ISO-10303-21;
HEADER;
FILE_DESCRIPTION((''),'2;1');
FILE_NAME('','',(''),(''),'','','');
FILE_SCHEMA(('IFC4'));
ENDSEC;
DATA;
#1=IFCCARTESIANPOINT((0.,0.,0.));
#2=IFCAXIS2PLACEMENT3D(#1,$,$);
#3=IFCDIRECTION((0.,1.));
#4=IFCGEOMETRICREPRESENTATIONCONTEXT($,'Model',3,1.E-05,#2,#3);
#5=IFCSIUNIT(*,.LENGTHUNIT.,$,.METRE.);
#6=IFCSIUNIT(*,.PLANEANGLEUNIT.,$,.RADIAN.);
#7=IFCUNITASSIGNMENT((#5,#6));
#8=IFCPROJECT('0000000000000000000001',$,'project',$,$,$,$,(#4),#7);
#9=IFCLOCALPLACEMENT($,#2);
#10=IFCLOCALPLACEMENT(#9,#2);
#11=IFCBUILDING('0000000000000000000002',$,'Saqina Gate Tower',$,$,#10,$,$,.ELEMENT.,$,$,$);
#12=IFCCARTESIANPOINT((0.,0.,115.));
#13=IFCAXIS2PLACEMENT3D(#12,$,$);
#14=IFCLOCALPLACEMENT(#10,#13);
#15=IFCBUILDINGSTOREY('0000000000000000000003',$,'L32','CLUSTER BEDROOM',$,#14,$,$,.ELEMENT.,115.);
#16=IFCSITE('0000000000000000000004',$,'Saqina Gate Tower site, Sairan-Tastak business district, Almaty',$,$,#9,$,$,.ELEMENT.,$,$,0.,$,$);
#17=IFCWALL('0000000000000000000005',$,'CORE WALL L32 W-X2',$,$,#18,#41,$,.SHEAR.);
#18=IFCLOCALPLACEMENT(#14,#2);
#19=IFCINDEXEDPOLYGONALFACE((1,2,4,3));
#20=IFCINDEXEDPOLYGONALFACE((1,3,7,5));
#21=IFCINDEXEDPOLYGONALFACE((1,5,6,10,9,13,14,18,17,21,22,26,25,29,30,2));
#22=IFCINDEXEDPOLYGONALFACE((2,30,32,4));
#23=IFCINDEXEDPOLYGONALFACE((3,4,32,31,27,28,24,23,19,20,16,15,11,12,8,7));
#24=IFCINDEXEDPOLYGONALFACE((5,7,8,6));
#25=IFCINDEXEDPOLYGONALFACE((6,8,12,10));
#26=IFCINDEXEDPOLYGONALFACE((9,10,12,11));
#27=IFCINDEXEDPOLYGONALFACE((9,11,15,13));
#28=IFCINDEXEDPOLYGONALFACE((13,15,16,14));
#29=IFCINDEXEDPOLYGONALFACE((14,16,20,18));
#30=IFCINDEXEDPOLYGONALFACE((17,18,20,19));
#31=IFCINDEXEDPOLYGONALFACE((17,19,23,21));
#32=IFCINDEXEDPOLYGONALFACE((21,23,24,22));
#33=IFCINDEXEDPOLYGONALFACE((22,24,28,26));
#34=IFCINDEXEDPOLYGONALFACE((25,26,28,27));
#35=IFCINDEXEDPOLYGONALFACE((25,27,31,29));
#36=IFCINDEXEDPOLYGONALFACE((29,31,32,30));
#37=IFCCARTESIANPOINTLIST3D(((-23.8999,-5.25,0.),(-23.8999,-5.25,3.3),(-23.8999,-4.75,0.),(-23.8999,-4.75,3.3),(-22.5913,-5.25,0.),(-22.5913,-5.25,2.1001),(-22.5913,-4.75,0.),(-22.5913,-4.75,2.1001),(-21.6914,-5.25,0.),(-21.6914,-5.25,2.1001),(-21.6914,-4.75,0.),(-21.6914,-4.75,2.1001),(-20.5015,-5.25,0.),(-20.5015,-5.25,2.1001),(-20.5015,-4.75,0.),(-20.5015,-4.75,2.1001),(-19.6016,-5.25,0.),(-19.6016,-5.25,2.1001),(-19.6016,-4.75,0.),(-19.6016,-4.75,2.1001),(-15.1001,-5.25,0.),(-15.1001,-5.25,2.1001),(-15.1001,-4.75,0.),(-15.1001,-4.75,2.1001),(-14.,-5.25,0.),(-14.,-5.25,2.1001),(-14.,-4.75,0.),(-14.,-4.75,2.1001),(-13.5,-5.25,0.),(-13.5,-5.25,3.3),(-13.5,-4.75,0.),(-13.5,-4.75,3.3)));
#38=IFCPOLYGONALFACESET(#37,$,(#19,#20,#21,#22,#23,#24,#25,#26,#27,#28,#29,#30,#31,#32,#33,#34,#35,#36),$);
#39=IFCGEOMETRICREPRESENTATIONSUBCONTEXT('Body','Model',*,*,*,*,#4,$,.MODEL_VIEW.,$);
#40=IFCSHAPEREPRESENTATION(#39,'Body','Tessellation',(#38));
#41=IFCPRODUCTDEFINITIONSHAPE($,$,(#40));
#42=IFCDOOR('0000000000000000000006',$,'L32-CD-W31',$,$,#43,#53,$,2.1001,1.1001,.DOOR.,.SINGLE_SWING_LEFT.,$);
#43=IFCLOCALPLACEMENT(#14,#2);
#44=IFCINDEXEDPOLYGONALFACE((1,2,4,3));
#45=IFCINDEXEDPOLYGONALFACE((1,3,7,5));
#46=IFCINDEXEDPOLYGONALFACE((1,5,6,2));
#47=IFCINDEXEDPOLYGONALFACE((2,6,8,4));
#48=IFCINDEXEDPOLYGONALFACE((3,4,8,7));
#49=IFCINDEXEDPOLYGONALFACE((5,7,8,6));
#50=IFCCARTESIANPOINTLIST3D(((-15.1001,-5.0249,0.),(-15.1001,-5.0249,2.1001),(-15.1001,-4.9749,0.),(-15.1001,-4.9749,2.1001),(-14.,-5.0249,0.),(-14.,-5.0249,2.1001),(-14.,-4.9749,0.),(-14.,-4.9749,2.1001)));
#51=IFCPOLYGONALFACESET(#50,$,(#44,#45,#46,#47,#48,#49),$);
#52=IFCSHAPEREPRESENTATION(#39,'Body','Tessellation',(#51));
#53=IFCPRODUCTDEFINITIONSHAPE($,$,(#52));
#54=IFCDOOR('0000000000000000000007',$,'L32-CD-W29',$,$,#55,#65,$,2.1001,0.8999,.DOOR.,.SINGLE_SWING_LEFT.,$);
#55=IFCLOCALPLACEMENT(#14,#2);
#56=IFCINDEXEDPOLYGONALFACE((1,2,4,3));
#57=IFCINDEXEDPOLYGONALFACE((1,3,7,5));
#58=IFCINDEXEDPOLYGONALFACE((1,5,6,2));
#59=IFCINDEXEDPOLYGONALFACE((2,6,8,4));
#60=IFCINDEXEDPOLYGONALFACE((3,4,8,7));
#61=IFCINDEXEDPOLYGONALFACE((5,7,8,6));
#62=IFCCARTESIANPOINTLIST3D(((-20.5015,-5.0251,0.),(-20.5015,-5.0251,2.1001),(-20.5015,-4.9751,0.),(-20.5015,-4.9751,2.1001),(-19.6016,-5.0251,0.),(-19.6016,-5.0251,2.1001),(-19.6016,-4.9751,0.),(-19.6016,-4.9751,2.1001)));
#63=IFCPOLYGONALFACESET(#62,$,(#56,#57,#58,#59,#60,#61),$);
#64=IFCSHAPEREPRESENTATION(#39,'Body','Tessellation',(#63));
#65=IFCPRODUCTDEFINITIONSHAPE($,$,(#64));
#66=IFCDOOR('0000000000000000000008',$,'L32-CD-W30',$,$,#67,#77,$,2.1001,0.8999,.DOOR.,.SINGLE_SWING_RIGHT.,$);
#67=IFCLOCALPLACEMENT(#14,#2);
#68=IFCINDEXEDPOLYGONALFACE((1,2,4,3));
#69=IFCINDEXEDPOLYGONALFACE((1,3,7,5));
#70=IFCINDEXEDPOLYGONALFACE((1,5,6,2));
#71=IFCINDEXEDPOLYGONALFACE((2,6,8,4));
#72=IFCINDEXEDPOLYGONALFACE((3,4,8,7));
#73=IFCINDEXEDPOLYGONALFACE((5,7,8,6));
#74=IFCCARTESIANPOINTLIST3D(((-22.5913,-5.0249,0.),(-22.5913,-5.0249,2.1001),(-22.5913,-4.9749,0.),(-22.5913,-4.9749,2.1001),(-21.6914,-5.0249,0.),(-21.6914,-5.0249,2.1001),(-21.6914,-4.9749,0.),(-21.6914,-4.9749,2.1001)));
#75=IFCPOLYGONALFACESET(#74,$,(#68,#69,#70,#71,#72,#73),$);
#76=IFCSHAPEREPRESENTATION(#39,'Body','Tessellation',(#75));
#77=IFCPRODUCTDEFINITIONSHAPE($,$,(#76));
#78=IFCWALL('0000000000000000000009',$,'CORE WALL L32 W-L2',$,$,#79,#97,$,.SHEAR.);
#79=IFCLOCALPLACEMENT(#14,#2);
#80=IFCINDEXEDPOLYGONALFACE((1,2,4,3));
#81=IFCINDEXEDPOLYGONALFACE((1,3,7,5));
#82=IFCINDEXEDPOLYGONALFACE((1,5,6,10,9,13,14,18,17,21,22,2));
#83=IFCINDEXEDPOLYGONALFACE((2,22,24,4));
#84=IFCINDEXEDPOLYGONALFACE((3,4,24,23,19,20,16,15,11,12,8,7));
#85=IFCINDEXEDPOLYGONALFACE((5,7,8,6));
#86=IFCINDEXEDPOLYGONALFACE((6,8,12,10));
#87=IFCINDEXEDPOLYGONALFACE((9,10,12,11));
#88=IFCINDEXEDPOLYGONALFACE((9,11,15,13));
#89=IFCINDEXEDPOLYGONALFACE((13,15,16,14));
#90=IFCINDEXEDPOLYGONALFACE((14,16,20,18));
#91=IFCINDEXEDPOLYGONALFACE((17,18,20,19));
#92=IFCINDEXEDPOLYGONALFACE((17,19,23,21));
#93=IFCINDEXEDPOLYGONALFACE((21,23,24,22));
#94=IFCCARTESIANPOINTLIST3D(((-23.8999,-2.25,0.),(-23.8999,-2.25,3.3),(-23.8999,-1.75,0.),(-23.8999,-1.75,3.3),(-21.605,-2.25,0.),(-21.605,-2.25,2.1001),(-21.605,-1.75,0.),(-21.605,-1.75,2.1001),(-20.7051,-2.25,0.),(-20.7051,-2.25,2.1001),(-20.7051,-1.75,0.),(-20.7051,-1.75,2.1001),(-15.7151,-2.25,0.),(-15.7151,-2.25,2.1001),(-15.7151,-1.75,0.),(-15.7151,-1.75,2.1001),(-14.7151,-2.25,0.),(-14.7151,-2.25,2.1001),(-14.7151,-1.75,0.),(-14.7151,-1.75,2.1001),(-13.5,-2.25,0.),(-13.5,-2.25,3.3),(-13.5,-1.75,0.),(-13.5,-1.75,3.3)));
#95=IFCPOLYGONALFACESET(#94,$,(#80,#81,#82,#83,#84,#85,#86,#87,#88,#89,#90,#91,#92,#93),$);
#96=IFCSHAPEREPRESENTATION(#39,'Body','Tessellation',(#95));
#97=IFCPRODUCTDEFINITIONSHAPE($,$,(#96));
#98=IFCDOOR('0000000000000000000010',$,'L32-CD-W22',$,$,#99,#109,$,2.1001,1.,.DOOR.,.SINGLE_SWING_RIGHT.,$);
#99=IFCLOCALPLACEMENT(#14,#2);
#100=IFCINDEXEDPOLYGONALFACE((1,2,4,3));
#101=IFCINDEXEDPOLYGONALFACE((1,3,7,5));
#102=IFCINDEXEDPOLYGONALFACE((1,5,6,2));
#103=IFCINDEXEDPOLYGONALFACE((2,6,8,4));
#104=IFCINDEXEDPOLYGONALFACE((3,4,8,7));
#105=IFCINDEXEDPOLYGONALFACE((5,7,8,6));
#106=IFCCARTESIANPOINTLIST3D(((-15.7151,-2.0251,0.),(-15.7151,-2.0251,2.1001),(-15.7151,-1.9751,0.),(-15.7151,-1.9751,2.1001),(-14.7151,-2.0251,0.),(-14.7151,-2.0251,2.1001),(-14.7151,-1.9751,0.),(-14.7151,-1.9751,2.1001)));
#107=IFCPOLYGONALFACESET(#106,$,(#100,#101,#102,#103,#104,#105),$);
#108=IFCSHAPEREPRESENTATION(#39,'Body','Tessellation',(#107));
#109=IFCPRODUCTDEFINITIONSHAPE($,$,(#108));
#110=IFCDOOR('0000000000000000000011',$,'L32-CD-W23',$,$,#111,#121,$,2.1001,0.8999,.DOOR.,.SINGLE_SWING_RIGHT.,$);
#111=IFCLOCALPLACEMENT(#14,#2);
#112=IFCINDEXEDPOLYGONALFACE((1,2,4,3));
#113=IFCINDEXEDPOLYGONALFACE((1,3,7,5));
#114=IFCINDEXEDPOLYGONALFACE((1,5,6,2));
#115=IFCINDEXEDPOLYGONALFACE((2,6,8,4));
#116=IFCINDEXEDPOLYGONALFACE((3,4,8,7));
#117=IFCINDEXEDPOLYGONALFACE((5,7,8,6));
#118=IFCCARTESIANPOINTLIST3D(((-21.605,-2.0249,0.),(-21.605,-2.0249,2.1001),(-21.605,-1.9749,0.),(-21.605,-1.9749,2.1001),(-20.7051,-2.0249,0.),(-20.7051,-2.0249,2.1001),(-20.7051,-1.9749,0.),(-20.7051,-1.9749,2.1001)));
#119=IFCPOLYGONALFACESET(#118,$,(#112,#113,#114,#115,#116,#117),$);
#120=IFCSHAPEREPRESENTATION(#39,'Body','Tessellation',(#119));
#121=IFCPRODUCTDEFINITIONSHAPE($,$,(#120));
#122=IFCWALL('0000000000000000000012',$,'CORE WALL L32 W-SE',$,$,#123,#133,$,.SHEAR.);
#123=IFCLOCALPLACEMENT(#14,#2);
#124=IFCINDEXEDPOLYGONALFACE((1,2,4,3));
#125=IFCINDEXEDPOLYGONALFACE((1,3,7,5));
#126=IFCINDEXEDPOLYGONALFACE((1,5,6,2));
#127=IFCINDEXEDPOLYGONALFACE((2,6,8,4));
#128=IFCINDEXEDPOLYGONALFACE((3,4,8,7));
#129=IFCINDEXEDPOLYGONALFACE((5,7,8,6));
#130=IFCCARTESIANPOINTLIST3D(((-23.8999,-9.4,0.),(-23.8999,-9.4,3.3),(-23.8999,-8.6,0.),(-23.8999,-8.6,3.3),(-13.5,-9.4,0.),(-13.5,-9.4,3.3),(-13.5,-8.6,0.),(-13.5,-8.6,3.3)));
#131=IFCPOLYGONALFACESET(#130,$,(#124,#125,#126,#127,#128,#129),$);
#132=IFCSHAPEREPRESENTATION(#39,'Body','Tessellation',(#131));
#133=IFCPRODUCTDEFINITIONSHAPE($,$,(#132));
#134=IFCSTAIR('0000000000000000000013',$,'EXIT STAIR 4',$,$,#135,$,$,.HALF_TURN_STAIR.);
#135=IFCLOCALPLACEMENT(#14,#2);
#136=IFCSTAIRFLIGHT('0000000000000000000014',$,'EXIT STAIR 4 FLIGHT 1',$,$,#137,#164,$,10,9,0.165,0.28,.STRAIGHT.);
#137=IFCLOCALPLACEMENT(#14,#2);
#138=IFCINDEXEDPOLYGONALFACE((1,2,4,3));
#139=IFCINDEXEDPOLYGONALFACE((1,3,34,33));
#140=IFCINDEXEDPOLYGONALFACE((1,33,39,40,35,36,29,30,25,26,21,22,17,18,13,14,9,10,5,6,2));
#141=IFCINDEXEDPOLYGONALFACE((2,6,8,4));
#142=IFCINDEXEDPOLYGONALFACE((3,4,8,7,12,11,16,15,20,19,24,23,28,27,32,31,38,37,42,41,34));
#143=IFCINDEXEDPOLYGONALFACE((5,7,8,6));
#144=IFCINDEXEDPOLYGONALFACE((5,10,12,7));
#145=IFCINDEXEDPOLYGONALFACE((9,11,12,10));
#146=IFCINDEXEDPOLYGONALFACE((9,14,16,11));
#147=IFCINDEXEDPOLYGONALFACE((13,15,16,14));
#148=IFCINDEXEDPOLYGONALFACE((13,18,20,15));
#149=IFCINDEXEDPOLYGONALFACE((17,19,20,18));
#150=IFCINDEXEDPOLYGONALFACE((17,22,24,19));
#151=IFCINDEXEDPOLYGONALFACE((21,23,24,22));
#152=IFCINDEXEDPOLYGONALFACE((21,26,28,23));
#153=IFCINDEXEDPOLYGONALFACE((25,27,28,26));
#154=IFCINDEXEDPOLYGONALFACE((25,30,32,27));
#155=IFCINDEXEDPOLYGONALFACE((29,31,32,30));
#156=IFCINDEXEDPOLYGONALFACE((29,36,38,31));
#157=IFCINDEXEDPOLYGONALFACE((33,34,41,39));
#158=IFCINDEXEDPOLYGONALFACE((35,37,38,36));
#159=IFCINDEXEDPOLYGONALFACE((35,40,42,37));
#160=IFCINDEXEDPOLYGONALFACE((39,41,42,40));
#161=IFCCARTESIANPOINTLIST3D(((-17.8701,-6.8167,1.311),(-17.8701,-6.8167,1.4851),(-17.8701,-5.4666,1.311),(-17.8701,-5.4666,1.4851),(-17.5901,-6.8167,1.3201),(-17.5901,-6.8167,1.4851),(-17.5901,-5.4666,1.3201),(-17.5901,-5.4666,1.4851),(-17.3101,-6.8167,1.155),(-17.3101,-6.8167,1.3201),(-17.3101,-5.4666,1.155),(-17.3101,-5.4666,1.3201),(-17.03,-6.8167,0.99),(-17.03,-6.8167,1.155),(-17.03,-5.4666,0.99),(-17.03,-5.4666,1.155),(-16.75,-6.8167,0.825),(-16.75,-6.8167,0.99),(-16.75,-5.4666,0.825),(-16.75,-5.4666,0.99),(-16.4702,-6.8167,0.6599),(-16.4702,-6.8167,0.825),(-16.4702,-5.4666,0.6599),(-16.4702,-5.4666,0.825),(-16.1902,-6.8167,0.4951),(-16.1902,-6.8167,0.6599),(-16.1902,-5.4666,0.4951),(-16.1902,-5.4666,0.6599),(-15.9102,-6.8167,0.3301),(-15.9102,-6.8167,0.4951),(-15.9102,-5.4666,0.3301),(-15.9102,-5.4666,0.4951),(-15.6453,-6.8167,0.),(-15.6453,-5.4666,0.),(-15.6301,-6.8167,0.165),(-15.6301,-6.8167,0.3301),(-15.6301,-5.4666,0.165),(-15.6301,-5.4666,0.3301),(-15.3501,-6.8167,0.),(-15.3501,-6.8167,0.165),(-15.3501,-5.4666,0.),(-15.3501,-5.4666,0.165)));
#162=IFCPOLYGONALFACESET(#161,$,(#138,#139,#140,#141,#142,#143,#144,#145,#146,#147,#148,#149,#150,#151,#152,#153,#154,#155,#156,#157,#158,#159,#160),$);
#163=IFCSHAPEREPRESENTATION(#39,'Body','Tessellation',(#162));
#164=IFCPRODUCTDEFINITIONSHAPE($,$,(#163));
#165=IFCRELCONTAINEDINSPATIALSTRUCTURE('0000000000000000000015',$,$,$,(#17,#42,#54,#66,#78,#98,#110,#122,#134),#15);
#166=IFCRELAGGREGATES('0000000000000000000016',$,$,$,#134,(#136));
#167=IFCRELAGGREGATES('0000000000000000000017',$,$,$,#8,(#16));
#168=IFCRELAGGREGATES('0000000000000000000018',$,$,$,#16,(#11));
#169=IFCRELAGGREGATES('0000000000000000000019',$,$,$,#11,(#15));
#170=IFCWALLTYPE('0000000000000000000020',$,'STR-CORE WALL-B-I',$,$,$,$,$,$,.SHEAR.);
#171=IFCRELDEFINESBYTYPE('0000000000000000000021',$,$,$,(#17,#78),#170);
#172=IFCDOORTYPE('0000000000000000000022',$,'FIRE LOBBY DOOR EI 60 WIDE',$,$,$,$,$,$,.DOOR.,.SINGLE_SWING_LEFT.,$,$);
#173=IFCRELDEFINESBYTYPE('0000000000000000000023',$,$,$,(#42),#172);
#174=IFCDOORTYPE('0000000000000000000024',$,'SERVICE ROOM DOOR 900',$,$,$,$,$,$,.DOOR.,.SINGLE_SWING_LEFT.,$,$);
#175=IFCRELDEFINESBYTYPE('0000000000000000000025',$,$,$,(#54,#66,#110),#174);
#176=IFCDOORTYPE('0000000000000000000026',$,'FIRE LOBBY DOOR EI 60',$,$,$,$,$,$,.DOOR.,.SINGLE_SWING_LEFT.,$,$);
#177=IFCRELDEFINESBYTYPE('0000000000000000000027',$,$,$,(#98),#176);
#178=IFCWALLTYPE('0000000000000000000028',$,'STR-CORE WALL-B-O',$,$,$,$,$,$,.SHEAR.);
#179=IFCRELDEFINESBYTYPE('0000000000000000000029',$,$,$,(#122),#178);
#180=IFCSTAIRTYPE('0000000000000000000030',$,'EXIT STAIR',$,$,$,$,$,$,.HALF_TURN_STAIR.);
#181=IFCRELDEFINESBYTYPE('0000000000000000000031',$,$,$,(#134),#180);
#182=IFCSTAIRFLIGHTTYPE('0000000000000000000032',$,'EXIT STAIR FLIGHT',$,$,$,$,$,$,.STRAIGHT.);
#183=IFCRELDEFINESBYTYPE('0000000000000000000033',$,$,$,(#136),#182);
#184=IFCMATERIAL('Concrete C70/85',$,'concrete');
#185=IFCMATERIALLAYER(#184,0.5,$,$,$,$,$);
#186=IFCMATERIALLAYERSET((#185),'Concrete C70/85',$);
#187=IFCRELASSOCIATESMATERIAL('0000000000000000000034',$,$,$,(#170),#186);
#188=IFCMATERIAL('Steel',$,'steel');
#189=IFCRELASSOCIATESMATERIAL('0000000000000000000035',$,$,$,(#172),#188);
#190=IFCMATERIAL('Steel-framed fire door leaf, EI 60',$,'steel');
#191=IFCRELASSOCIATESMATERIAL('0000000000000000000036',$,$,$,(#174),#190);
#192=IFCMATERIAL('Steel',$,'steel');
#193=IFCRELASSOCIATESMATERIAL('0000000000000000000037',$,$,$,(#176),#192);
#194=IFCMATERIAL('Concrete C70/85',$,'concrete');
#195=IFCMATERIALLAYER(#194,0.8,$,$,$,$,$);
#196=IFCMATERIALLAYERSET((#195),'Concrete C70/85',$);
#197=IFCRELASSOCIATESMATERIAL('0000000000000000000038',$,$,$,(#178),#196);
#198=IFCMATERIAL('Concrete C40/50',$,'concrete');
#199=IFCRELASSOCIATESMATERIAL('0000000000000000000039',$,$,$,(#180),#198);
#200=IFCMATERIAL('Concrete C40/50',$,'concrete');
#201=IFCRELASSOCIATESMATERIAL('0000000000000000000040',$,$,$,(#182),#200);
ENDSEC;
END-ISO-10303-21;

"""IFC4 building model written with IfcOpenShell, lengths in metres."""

from ifc_helpers import new_model, si_unit, direction, frame, frame_2d, origin, place, context, subcontext, project, spatial, polyline, rectangle, outline, extrude, material, layer, layer_set, type_object, element, fill, aggregate, save


model = new_model("IFC4")

# Units and contexts
model_context = context("Model", 3, precision=1e-05, world=origin(), true_north=direction((0.0, 1.0)))
body_context = subcontext(model_context, "Body", "Model", "MODEL_VIEW")
ifc_project = project(units=[si_unit("LENGTHUNIT", "METRE"), si_unit("PLANEANGLEUNIT", "RADIAN")], contexts=[model_context])

# Site, building, storey
site_placement = place(None, origin())
site = spatial("IfcSite", under=ifc_project, at=site_placement, Name="Saqina Gate Tower site, Sairan-Tastak business district, Almaty", CompositionType="ELEMENT", RefElevation=0.0)
building_placement = place(site_placement, origin())
building = spatial("IfcBuilding", under=site, at=building_placement, Name="Saqina Gate Tower", CompositionType="ELEMENT")
storey_placement = place(building_placement, frame((0.0, 0.0, 115.0)))
storey = spatial("IfcBuildingStorey", under=building, at=storey_placement, Name="L32", Description="CLUSTER BEDROOM", CompositionType="ELEMENT", Elevation=115.0)

# Walls, openings, doors
ifc_material_1 = material(Name="Concrete C70/85", Category="concrete")
ifc_layer_1 = layer(ifc_material_1, 0.5)
ifc_layer_set_1 = layer_set([ifc_layer_1], Name="Concrete C70/85")
wall_type_1 = type_object("IfcWallType", Name="STR-CORE WALL-B-I", PredefinedType="SHEAR", material=ifc_layer_set_1)
wall_1_placement = place(storey_placement, frame((-13.5, -5.0, 0.0), z_axis=(0.0, 0.0, 1.0), x_axis=(-1.0, 0.0, 0.0)))
wall_1 = element("IfcWall", 1, at=wall_1_placement, inside=storey, type_object=wall_type_1, Name="CORE WALL L32 W-X2", PredefinedType="SHEAR", context=body_context, shape_type="SweptSolid", body=[
    extrude(rectangle(XDim=10.3999, YDim=0.5, at=frame_2d((5.2, 0.0))), origin(), (0.0, 0.0, 1.0), 3.3),
])
opening_1_placement = place(wall_1_placement, frame((6.1016, 0.0, 0.0)))
opening_1 = element("IfcOpeningElement", 2, at=opening_1_placement, cuts=wall_1, PredefinedType="OPENING", context=body_context, shape_type="SweptSolid", body=[
    extrude(rectangle(XDim=0.8999, YDim=2.1001, at=frame_2d((0.45, 1.05))), frame((0.0, 0.262, 0.0), z_axis=(0.0, -1.0, 0.0), x_axis=(1.0, 0.0, 0.0)), (0.0, 0.0, 1.0), 0.5239),
])
opening_2_placement = place(wall_1_placement, frame((8.1914, 0.0, 0.0)))
opening_2 = element("IfcOpeningElement", 3, at=opening_2_placement, cuts=wall_1, PredefinedType="OPENING", context=body_context, shape_type="SweptSolid", body=[
    extrude(rectangle(XDim=0.8999, YDim=2.1001, at=frame_2d((0.45, 1.05))), frame((0.0, 0.262, 0.0), z_axis=(0.0, -1.0, 0.0), x_axis=(1.0, 0.0, 0.0)), (0.0, 0.0, 1.0), 0.5239),
])
opening_3_placement = place(wall_1_placement, frame((0.5, 0.0, 0.0)))
opening_3 = element("IfcOpeningElement", 4, at=opening_3_placement, cuts=wall_1, PredefinedType="OPENING", context=body_context, shape_type="SweptSolid", body=[
    extrude(rectangle(XDim=1.1001, YDim=2.1001, at=frame_2d((0.55, 1.05))), frame((0.0, 0.262, 0.0), z_axis=(0.0, -1.0, 0.0), x_axis=(1.0, 0.0, 0.0)), (0.0, 0.0, 1.0), 0.5239),
])
ifc_material_2 = material(Name="Steel", Category="steel")
door_type_1 = type_object("IfcDoorType", Name="FIRE LOBBY DOOR EI 60 WIDE", OperationType="SINGLE_SWING_LEFT", PredefinedType="DOOR", material=ifc_material_2)
door_1_placement = place(opening_3_placement, origin())
door_1 = element("IfcDoor", 5, at=door_1_placement, inside=storey, type_object=door_type_1, Name="L32-CD-W31", OperationType="SINGLE_SWING_LEFT", OverallHeight=2.1001, OverallWidth=1.1001, PredefinedType="DOOR", context=body_context, shape_type="SweptSolid", body=[
    extrude(rectangle(XDim=1.1001, YDim=2.1001, at=frame_2d((0.55, 1.05))), frame((0.0, 0.0249, 0.0), z_axis=(0.0, -1.0, 0.0), x_axis=(1.0, 0.0, 0.0)), (0.0, 0.0, 1.0), 0.05),
])
fill(opening_3, door_1)
ifc_material_3 = material(Name="Steel-framed fire door leaf, EI 60", Category="steel")
door_type_2 = type_object("IfcDoorType", Name="SERVICE ROOM DOOR 900", OperationType="SINGLE_SWING_LEFT", PredefinedType="DOOR", material=ifc_material_3)
door_2_placement = place(opening_1_placement, frame((0.8999, 0.0, 0.0), z_axis=(0.0, 0.0, 1.0), x_axis=(-1.0, 0.0, 0.0)))
door_2 = element("IfcDoor", 6, at=door_2_placement, inside=storey, type_object=door_type_2, Name="L32-CD-W29", OperationType="SINGLE_SWING_LEFT", OverallHeight=2.1001, OverallWidth=0.8999, PredefinedType="DOOR", context=body_context, shape_type="SweptSolid", body=[
    extrude(rectangle(XDim=0.8999, YDim=2.1001, at=frame_2d((0.45, 1.05))), frame((0.0, 0.0249, 0.0), z_axis=(0.0, -1.0, 0.0), x_axis=(1.0, 0.0, 0.0)), (0.0, 0.0, 1.0), 0.05),
])
fill(opening_1, door_2)
door_3_placement = place(opening_2_placement, origin())
door_3 = element("IfcDoor", 7, at=door_3_placement, inside=storey, type_object=door_type_2, Name="L32-CD-W30", OperationType="SINGLE_SWING_RIGHT", OverallHeight=2.1001, OverallWidth=0.8999, PredefinedType="DOOR", context=body_context, shape_type="SweptSolid", body=[
    extrude(rectangle(XDim=0.8999, YDim=2.1001, at=frame_2d((0.45, 1.05))), frame((0.0, 0.0249, 0.0), z_axis=(0.0, -1.0, 0.0), x_axis=(1.0, 0.0, 0.0)), (0.0, 0.0, 1.0), 0.05),
])
fill(opening_2, door_3)
wall_2_placement = place(storey_placement, frame((-13.5, -2.0, 0.0), z_axis=(0.0, 0.0, 1.0), x_axis=(-1.0, 0.0, 0.0)))
wall_2 = element("IfcWall", 8, at=wall_2_placement, inside=storey, type_object=wall_type_1, Name="CORE WALL L32 W-L2", PredefinedType="SHEAR", context=body_context, shape_type="SweptSolid", body=[
    extrude(rectangle(XDim=10.3999, YDim=0.5, at=frame_2d((5.2, 0.0))), origin(), (0.0, 0.0, 1.0), 3.3),
])
opening_4_placement = place(wall_2_placement, frame((1.2151, 0.0, 0.0)))
opening_4 = element("IfcOpeningElement", 9, at=opening_4_placement, cuts=wall_2, PredefinedType="OPENING", context=body_context, shape_type="SweptSolid", body=[
    extrude(rectangle(XDim=1.0, YDim=2.1001, at=frame_2d((0.5, 1.05))), frame((0.0, 0.262, 0.0), z_axis=(0.0, -1.0, 0.0), x_axis=(1.0, 0.0, 0.0)), (0.0, 0.0, 1.0), 0.5239),
])
opening_5_placement = place(wall_2_placement, frame((7.2051, 0.0, 0.0)))
opening_5 = element("IfcOpeningElement", 10, at=opening_5_placement, cuts=wall_2, PredefinedType="OPENING", context=body_context, shape_type="SweptSolid", body=[
    extrude(rectangle(XDim=0.8999, YDim=2.1001, at=frame_2d((0.45, 1.05))), frame((0.0, 0.262, 0.0), z_axis=(0.0, -1.0, 0.0), x_axis=(1.0, 0.0, 0.0)), (0.0, 0.0, 1.0), 0.5239),
])
ifc_material_4 = material(Name="Steel", Category="steel")
door_type_3 = type_object("IfcDoorType", Name="FIRE LOBBY DOOR EI 60", OperationType="SINGLE_SWING_LEFT", PredefinedType="DOOR", material=ifc_material_4)
door_4_placement = place(opening_4_placement, frame((1.0, 0.0, 0.0), z_axis=(0.0, 0.0, 1.0), x_axis=(-1.0, 0.0, 0.0)))
door_4 = element("IfcDoor", 11, at=door_4_placement, inside=storey, type_object=door_type_3, Name="L32-CD-W22", OperationType="SINGLE_SWING_RIGHT", OverallHeight=2.1001, OverallWidth=1.0, PredefinedType="DOOR", context=body_context, shape_type="SweptSolid", body=[
    extrude(rectangle(XDim=1.0, YDim=2.1001, at=frame_2d((0.5, 1.05))), frame((0.0, 0.0249, 0.0), z_axis=(0.0, -1.0, 0.0), x_axis=(1.0, 0.0, 0.0)), (0.0, 0.0, 1.0), 0.05),
])
fill(opening_4, door_4)
door_5_placement = place(opening_5_placement, origin())
door_5 = element("IfcDoor", 12, at=door_5_placement, inside=storey, type_object=door_type_2, Name="L32-CD-W23", OperationType="SINGLE_SWING_RIGHT", OverallHeight=2.1001, OverallWidth=0.8999, PredefinedType="DOOR", context=body_context, shape_type="SweptSolid", body=[
    extrude(rectangle(XDim=0.8999, YDim=2.1001, at=frame_2d((0.45, 1.05))), frame((0.0, 0.0249, 0.0), z_axis=(0.0, -1.0, 0.0), x_axis=(1.0, 0.0, 0.0)), (0.0, 0.0, 1.0), 0.05),
])
fill(opening_5, door_5)
ifc_material_5 = material(Name="Concrete C70/85", Category="concrete")
ifc_layer_2 = layer(ifc_material_5, 0.8)
ifc_layer_set_2 = layer_set([ifc_layer_2], Name="Concrete C70/85")
wall_type_2 = type_object("IfcWallType", Name="STR-CORE WALL-B-O", PredefinedType="SHEAR", material=ifc_layer_set_2)

# Wall
wall_3_placement = place(storey_placement, frame((-13.5, -9.0, 0.0), z_axis=(0.0, 0.0, 1.0), x_axis=(-1.0, 0.0, 0.0)))
element("IfcWall", 13, at=wall_3_placement, inside=storey, type_object=wall_type_2, Name="CORE WALL L32 W-SE", PredefinedType="SHEAR", context=body_context, shape_type="SweptSolid", body=[
    extrude(rectangle(XDim=10.3999, YDim=0.8, at=frame_2d((5.2, 0.0))), origin(), (0.0, 0.0, 1.0), 3.3),
])

# Stair, stair flight
ifc_material_6 = material(Name="Concrete C40/50", Category="concrete")
stair_type = type_object("IfcStairType", Name="EXIT STAIR", PredefinedType="HALF_TURN_STAIR", material=ifc_material_6)
stair_placement = place(storey_placement, origin())
stair = element("IfcStair", 14, at=stair_placement, inside=storey, type_object=stair_type, Name="EXIT STAIR 4", PredefinedType="HALF_TURN_STAIR")
ifc_material_7 = material(Name="Concrete C40/50", Category="concrete")
stair_flight_type = type_object("IfcStairFlightType", Name="EXIT STAIR FLIGHT", PredefinedType="STRAIGHT", material=ifc_material_7)
stair_flight_placement = place(storey_placement, frame((-15.3501, -6.1416, 0.0), z_axis=(0.0, 0.0, 1.0), x_axis=(-1.0, 0.0, 0.0)))
stair_flight = element("IfcStairFlight", 15, at=stair_flight_placement, type_object=stair_flight_type, Name="EXIT STAIR 4 FLIGHT 1", NumberOfRisers=10, NumberOfTreads=9, PredefinedType="STRAIGHT", RiserHeight=0.165, TreadLength=0.28, context=body_context, shape_type="SweptSolid", body=[
    extrude(outline(polyline([(0.0, 0.0), (0.0, 0.165), (0.28, 0.165), (0.28, 0.3301), (0.5601, 0.3301), (0.5601, 0.4951), (0.8401, 0.4951), (0.8401, 0.6599), (1.1201, 0.6599), (1.1201, 0.825), (1.3999, 0.825), (1.3999, 0.99), (1.6799, 0.99), (1.6799, 1.155), (1.96, 1.155), (1.96, 1.3201), (2.24, 1.3201), (2.24, 1.4851), (2.52, 1.4851), (2.52, 1.6499), (2.52, 1.311), (0.2952, 0.0), (0.0, 0.0)])), frame((0.0, 0.675, 0.0), z_axis=(0.0, -1.0, 0.0), x_axis=(1.0, 0.0, 0.0)), (0.0, 0.0, 1.0), 1.3501),
])
aggregate(stair, [stair_flight])

save(model, "model.ifc")
